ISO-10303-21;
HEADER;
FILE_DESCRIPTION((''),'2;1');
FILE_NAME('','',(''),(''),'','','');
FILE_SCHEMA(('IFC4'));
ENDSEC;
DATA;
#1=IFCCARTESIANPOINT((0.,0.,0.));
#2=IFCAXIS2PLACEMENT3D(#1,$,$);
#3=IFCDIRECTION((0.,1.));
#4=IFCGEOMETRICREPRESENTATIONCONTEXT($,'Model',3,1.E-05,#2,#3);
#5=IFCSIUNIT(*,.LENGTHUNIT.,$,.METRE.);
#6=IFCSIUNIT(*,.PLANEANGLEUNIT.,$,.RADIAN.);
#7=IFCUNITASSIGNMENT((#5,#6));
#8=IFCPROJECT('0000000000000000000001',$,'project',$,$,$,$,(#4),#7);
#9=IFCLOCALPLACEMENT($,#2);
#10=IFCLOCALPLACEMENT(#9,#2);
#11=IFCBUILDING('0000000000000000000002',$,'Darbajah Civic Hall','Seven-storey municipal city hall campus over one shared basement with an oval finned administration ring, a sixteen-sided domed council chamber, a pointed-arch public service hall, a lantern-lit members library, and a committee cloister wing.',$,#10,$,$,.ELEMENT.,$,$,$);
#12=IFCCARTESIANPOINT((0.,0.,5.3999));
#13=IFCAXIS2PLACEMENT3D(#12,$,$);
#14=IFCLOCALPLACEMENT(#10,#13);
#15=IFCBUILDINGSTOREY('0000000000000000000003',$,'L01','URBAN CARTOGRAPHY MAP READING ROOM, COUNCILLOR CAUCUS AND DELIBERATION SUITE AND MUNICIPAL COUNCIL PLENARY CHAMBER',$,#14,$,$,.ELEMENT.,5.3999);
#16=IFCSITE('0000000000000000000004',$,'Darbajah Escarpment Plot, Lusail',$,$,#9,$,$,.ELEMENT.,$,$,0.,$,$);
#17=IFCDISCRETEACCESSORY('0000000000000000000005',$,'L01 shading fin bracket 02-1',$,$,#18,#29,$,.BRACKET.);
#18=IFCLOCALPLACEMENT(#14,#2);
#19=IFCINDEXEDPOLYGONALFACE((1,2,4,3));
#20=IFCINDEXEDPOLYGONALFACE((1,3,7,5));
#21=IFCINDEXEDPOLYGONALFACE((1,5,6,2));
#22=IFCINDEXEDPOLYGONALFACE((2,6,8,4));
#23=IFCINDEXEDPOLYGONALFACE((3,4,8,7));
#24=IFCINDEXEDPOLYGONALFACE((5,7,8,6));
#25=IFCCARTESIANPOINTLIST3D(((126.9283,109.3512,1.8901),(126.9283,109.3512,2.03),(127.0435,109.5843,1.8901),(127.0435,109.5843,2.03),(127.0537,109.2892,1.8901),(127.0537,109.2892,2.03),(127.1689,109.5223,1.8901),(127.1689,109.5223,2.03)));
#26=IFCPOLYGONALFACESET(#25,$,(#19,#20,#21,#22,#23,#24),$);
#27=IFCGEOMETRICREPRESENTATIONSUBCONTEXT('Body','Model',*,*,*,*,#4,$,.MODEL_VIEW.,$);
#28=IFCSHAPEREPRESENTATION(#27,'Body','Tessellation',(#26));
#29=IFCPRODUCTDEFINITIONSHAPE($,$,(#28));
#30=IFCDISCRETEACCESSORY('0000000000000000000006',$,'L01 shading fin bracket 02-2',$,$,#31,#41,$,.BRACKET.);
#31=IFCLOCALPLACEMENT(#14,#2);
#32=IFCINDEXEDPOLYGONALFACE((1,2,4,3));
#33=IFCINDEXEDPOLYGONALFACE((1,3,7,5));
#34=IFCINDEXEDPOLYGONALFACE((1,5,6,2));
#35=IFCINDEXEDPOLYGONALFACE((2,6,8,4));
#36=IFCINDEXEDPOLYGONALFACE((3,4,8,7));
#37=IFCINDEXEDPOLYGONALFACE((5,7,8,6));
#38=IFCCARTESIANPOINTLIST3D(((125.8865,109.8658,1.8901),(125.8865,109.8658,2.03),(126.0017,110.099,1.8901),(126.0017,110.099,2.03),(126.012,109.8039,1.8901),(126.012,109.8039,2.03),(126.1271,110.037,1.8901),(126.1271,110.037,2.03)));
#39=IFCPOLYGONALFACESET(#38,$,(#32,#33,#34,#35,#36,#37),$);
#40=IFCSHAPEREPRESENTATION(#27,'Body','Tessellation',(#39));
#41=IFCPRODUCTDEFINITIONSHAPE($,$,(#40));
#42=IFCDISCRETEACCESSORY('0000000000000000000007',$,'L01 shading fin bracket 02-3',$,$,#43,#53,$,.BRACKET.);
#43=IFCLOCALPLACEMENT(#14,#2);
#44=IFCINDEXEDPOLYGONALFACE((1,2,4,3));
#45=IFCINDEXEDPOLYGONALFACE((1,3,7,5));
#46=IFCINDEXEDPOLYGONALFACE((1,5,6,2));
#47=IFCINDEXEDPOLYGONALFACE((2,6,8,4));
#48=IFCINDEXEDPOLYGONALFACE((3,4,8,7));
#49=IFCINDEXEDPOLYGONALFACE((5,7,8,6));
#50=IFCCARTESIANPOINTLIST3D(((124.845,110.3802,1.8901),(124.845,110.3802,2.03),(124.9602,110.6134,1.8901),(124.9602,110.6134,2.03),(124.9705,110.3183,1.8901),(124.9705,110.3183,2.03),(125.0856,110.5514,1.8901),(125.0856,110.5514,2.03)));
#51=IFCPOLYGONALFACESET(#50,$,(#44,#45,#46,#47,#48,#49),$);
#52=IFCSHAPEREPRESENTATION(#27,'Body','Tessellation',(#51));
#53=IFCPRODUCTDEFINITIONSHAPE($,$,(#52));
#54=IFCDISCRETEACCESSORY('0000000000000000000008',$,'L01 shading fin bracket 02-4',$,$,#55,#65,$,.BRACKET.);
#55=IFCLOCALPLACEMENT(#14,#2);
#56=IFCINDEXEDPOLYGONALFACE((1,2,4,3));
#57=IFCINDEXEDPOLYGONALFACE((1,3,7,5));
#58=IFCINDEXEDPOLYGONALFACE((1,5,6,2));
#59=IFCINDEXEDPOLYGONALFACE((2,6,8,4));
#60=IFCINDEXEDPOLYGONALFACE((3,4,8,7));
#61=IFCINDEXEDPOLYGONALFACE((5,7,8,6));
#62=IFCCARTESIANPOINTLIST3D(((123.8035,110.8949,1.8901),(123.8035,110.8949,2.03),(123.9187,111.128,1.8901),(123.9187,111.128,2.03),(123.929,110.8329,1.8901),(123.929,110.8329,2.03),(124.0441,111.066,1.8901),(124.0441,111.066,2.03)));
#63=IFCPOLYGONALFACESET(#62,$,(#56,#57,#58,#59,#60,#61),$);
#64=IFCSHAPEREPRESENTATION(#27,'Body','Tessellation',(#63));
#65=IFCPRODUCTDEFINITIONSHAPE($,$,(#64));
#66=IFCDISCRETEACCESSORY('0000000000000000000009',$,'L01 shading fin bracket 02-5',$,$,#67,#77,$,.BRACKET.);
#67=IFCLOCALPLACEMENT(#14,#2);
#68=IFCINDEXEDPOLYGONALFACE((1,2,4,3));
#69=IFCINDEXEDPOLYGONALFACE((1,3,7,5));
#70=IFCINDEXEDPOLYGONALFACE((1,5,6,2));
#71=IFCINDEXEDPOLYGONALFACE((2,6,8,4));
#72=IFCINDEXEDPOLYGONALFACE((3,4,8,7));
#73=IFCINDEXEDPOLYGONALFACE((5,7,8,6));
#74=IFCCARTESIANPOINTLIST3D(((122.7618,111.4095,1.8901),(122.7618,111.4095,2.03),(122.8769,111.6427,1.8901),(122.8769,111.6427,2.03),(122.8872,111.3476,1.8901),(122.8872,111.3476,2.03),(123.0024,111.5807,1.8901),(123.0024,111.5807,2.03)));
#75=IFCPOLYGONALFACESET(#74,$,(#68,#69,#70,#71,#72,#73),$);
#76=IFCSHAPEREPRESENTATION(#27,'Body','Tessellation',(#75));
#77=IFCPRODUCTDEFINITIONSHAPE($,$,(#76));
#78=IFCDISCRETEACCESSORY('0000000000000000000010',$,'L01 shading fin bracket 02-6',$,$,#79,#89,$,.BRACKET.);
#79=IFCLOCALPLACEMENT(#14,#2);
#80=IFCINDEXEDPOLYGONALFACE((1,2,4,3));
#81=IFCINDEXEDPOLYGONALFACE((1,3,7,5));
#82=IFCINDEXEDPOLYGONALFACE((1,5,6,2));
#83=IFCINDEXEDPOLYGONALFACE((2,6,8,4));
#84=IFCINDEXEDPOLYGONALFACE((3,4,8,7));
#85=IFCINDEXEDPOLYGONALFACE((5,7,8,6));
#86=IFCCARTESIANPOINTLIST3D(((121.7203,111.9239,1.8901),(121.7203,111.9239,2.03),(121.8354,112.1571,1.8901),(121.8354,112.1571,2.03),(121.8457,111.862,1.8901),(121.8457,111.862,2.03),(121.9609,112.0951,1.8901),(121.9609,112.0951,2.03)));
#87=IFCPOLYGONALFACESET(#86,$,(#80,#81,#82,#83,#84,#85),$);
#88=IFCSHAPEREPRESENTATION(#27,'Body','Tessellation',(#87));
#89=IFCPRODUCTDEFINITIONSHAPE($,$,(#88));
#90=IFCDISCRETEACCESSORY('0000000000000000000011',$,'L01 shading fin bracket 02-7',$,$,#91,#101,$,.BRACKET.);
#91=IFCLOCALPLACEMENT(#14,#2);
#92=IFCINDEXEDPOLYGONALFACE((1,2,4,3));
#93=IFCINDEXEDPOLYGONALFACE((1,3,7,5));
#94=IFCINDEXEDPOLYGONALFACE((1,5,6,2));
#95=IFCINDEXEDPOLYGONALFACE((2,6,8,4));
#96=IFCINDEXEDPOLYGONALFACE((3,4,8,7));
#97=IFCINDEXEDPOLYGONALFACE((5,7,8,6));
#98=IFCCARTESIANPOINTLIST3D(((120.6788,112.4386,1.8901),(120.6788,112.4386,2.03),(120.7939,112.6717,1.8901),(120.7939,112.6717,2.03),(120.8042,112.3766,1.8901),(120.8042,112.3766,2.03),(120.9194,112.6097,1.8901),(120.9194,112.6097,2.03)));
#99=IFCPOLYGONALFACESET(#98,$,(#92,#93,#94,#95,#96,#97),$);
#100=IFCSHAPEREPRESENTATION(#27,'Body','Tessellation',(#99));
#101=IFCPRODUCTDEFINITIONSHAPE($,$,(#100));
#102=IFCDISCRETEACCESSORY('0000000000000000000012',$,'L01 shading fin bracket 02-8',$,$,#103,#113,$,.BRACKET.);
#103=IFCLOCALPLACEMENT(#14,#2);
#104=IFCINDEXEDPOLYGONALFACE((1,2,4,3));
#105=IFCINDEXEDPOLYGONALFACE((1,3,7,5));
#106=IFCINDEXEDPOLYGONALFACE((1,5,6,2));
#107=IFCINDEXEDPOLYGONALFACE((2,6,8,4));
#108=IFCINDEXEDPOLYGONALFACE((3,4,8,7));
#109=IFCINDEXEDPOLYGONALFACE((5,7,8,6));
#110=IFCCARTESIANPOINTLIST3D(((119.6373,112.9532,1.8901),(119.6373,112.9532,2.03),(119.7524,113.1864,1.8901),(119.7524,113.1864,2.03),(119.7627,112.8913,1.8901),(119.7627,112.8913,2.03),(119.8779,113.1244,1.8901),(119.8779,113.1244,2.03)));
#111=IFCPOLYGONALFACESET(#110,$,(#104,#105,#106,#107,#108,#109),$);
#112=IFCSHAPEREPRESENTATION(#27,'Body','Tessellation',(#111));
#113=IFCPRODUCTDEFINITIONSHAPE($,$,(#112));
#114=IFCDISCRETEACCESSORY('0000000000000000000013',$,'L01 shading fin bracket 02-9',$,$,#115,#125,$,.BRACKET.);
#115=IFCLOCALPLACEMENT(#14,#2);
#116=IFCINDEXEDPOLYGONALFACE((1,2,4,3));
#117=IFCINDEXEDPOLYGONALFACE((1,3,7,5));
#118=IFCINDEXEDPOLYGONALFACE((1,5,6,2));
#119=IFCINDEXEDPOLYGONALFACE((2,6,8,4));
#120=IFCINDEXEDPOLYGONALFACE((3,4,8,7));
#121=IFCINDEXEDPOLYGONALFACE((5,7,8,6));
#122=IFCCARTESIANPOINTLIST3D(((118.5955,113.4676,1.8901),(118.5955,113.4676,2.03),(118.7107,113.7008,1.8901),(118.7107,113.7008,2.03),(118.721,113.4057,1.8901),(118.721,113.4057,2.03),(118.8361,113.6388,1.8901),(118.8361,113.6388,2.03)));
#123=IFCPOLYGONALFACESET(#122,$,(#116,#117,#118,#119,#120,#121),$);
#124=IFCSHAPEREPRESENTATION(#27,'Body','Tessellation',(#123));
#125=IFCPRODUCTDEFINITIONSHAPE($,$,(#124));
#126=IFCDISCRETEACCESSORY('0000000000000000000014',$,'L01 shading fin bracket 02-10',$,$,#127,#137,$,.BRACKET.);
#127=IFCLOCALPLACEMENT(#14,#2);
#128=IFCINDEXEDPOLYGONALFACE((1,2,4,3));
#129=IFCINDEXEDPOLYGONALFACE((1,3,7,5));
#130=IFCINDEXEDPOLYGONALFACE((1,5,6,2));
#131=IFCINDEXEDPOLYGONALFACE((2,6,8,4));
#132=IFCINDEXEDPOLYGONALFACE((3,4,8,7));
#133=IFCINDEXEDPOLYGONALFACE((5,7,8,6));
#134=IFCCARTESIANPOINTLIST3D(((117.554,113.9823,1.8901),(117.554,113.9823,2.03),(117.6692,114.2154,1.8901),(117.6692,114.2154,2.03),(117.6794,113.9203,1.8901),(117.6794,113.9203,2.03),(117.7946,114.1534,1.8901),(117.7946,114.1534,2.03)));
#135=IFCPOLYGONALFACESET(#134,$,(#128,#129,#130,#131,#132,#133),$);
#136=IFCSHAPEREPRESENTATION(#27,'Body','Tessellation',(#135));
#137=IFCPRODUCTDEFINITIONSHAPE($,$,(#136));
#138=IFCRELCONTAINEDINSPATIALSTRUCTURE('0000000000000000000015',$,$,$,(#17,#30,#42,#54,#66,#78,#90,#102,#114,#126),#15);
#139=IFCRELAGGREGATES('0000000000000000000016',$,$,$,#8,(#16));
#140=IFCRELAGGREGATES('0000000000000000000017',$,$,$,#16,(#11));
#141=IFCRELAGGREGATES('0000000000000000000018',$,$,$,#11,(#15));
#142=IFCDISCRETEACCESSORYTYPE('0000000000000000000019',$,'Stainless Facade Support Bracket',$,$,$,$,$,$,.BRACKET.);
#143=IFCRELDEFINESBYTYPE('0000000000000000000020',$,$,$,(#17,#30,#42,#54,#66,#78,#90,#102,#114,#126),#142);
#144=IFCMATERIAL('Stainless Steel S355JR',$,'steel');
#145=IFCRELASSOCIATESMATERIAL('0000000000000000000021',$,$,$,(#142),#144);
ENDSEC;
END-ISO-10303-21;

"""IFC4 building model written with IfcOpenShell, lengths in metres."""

from ifc_helpers import new_model, si_unit, direction, frame, origin, origin_2d, place, context, subcontext, project, spatial, rectangle, extrude, material, type_object, element, save


model = new_model("IFC4")

# Units and contexts
model_context = context("Model", 3, precision=1e-05, world=origin(), true_north=direction((0.0, 1.0)))
body_context = subcontext(model_context, "Body", "Model", "MODEL_VIEW")
ifc_project = project(units=[si_unit("LENGTHUNIT", "METRE"), si_unit("PLANEANGLEUNIT", "RADIAN")], contexts=[model_context])

# Site, building, storey
site_placement = place(None, origin())
site = spatial("IfcSite", under=ifc_project, at=site_placement, Name="Darbajah Escarpment Plot, Lusail", CompositionType="ELEMENT", RefElevation=0.0)
building_placement = place(site_placement, origin())
building = spatial("IfcBuilding", under=site, at=building_placement, Name="Darbajah Civic Hall", Description="Seven-storey municipal city hall campus over one shared basement with an oval finned administration ring, a sixteen-sided domed council chamber, a pointed-arch public service hall, a lantern-lit members library, and a committee cloister wing.", CompositionType="ELEMENT")
storey_placement = place(building_placement, frame((0.0, 0.0, 5.3999)))
storey = spatial("IfcBuildingStorey", under=building, at=storey_placement, Name="L01", Description="URBAN CARTOGRAPHY MAP READING ROOM, COUNCILLOR CAUCUS AND DELIBERATION SUITE AND MUNICIPAL COUNCIL PLENARY CHAMBER", CompositionType="ELEMENT", Elevation=5.3999)

# Discrete accessories
ifc_material_1 = material(Name="Stainless Steel S355JR", Category="steel")
discrete_accessory_type = type_object("IfcDiscreteAccessoryType", Name="Stainless Facade Support Bracket", PredefinedType="BRACKET", material=ifc_material_1)
for number, where, z_axis, x_axis, name in (
    (1, (127.0486, 109.4368, 1.8901), (0.0, 0.0, 1.0), (0.442915, 0.896564, 0.0), "L01 shading fin bracket 02-1"),
    (2, (126.0068, 109.9514, 1.8901), (0.0, 0.0, 1.0), (0.442915, 0.896564, 0.0), "L01 shading fin bracket 02-2"),
    (3, (124.9653, 110.4658, 1.8901), (0.0, 0.0, 1.0), (0.442915, 0.896564, 0.0), "L01 shading fin bracket 02-3"),
    (4, (123.9238, 110.9805, 1.8901), (0.0, 0.0, 1.0), (0.442915, 0.896564, 0.0), "L01 shading fin bracket 02-4"),
    (5, (122.8821, 111.4951, 1.8901), (0.0, 0.0, 1.0), (0.442915, 0.896564, 0.0), "L01 shading fin bracket 02-5"),
    (6, (121.8406, 112.0095, 1.8901), (0.0, 0.0, 1.0), (0.442915, 0.896564, 0.0), "L01 shading fin bracket 02-6"),
    (7, (120.7991, 112.5242, 1.8901), (0.0, 0.0, 1.0), (0.442915, 0.896564, 0.0), "L01 shading fin bracket 02-7"),
    (8, (119.7576, 113.0388, 1.8901), (0.0, 0.0, 1.0), (0.442915, 0.896564, 0.0), "L01 shading fin bracket 02-8"),
    (9, (118.7158, 113.5532, 1.8901), (0.0, 0.0, 1.0), (0.442915, 0.896564, 0.0), "L01 shading fin bracket 02-9"),
    (10, (117.6743, 114.0679, 1.8901), (0.0, 0.0, 1.0), (0.442915, 0.896564, 0.0), "L01 shading fin bracket 02-10"),
):
    element("IfcDiscreteAccessory", number, at=place(storey_placement, frame(where, z_axis=z_axis, x_axis=x_axis)), inside=storey, type_object=discrete_accessory_type, Name=name, PredefinedType="BRACKET", context=body_context, shape_type="SweptSolid", body=[
        extrude(rectangle(XDim=0.26, YDim=0.1399, at=origin_2d()), origin(), (0.0, 0.0, 1.0), 0.1399),
    ])

save(model, "model.ifc")
